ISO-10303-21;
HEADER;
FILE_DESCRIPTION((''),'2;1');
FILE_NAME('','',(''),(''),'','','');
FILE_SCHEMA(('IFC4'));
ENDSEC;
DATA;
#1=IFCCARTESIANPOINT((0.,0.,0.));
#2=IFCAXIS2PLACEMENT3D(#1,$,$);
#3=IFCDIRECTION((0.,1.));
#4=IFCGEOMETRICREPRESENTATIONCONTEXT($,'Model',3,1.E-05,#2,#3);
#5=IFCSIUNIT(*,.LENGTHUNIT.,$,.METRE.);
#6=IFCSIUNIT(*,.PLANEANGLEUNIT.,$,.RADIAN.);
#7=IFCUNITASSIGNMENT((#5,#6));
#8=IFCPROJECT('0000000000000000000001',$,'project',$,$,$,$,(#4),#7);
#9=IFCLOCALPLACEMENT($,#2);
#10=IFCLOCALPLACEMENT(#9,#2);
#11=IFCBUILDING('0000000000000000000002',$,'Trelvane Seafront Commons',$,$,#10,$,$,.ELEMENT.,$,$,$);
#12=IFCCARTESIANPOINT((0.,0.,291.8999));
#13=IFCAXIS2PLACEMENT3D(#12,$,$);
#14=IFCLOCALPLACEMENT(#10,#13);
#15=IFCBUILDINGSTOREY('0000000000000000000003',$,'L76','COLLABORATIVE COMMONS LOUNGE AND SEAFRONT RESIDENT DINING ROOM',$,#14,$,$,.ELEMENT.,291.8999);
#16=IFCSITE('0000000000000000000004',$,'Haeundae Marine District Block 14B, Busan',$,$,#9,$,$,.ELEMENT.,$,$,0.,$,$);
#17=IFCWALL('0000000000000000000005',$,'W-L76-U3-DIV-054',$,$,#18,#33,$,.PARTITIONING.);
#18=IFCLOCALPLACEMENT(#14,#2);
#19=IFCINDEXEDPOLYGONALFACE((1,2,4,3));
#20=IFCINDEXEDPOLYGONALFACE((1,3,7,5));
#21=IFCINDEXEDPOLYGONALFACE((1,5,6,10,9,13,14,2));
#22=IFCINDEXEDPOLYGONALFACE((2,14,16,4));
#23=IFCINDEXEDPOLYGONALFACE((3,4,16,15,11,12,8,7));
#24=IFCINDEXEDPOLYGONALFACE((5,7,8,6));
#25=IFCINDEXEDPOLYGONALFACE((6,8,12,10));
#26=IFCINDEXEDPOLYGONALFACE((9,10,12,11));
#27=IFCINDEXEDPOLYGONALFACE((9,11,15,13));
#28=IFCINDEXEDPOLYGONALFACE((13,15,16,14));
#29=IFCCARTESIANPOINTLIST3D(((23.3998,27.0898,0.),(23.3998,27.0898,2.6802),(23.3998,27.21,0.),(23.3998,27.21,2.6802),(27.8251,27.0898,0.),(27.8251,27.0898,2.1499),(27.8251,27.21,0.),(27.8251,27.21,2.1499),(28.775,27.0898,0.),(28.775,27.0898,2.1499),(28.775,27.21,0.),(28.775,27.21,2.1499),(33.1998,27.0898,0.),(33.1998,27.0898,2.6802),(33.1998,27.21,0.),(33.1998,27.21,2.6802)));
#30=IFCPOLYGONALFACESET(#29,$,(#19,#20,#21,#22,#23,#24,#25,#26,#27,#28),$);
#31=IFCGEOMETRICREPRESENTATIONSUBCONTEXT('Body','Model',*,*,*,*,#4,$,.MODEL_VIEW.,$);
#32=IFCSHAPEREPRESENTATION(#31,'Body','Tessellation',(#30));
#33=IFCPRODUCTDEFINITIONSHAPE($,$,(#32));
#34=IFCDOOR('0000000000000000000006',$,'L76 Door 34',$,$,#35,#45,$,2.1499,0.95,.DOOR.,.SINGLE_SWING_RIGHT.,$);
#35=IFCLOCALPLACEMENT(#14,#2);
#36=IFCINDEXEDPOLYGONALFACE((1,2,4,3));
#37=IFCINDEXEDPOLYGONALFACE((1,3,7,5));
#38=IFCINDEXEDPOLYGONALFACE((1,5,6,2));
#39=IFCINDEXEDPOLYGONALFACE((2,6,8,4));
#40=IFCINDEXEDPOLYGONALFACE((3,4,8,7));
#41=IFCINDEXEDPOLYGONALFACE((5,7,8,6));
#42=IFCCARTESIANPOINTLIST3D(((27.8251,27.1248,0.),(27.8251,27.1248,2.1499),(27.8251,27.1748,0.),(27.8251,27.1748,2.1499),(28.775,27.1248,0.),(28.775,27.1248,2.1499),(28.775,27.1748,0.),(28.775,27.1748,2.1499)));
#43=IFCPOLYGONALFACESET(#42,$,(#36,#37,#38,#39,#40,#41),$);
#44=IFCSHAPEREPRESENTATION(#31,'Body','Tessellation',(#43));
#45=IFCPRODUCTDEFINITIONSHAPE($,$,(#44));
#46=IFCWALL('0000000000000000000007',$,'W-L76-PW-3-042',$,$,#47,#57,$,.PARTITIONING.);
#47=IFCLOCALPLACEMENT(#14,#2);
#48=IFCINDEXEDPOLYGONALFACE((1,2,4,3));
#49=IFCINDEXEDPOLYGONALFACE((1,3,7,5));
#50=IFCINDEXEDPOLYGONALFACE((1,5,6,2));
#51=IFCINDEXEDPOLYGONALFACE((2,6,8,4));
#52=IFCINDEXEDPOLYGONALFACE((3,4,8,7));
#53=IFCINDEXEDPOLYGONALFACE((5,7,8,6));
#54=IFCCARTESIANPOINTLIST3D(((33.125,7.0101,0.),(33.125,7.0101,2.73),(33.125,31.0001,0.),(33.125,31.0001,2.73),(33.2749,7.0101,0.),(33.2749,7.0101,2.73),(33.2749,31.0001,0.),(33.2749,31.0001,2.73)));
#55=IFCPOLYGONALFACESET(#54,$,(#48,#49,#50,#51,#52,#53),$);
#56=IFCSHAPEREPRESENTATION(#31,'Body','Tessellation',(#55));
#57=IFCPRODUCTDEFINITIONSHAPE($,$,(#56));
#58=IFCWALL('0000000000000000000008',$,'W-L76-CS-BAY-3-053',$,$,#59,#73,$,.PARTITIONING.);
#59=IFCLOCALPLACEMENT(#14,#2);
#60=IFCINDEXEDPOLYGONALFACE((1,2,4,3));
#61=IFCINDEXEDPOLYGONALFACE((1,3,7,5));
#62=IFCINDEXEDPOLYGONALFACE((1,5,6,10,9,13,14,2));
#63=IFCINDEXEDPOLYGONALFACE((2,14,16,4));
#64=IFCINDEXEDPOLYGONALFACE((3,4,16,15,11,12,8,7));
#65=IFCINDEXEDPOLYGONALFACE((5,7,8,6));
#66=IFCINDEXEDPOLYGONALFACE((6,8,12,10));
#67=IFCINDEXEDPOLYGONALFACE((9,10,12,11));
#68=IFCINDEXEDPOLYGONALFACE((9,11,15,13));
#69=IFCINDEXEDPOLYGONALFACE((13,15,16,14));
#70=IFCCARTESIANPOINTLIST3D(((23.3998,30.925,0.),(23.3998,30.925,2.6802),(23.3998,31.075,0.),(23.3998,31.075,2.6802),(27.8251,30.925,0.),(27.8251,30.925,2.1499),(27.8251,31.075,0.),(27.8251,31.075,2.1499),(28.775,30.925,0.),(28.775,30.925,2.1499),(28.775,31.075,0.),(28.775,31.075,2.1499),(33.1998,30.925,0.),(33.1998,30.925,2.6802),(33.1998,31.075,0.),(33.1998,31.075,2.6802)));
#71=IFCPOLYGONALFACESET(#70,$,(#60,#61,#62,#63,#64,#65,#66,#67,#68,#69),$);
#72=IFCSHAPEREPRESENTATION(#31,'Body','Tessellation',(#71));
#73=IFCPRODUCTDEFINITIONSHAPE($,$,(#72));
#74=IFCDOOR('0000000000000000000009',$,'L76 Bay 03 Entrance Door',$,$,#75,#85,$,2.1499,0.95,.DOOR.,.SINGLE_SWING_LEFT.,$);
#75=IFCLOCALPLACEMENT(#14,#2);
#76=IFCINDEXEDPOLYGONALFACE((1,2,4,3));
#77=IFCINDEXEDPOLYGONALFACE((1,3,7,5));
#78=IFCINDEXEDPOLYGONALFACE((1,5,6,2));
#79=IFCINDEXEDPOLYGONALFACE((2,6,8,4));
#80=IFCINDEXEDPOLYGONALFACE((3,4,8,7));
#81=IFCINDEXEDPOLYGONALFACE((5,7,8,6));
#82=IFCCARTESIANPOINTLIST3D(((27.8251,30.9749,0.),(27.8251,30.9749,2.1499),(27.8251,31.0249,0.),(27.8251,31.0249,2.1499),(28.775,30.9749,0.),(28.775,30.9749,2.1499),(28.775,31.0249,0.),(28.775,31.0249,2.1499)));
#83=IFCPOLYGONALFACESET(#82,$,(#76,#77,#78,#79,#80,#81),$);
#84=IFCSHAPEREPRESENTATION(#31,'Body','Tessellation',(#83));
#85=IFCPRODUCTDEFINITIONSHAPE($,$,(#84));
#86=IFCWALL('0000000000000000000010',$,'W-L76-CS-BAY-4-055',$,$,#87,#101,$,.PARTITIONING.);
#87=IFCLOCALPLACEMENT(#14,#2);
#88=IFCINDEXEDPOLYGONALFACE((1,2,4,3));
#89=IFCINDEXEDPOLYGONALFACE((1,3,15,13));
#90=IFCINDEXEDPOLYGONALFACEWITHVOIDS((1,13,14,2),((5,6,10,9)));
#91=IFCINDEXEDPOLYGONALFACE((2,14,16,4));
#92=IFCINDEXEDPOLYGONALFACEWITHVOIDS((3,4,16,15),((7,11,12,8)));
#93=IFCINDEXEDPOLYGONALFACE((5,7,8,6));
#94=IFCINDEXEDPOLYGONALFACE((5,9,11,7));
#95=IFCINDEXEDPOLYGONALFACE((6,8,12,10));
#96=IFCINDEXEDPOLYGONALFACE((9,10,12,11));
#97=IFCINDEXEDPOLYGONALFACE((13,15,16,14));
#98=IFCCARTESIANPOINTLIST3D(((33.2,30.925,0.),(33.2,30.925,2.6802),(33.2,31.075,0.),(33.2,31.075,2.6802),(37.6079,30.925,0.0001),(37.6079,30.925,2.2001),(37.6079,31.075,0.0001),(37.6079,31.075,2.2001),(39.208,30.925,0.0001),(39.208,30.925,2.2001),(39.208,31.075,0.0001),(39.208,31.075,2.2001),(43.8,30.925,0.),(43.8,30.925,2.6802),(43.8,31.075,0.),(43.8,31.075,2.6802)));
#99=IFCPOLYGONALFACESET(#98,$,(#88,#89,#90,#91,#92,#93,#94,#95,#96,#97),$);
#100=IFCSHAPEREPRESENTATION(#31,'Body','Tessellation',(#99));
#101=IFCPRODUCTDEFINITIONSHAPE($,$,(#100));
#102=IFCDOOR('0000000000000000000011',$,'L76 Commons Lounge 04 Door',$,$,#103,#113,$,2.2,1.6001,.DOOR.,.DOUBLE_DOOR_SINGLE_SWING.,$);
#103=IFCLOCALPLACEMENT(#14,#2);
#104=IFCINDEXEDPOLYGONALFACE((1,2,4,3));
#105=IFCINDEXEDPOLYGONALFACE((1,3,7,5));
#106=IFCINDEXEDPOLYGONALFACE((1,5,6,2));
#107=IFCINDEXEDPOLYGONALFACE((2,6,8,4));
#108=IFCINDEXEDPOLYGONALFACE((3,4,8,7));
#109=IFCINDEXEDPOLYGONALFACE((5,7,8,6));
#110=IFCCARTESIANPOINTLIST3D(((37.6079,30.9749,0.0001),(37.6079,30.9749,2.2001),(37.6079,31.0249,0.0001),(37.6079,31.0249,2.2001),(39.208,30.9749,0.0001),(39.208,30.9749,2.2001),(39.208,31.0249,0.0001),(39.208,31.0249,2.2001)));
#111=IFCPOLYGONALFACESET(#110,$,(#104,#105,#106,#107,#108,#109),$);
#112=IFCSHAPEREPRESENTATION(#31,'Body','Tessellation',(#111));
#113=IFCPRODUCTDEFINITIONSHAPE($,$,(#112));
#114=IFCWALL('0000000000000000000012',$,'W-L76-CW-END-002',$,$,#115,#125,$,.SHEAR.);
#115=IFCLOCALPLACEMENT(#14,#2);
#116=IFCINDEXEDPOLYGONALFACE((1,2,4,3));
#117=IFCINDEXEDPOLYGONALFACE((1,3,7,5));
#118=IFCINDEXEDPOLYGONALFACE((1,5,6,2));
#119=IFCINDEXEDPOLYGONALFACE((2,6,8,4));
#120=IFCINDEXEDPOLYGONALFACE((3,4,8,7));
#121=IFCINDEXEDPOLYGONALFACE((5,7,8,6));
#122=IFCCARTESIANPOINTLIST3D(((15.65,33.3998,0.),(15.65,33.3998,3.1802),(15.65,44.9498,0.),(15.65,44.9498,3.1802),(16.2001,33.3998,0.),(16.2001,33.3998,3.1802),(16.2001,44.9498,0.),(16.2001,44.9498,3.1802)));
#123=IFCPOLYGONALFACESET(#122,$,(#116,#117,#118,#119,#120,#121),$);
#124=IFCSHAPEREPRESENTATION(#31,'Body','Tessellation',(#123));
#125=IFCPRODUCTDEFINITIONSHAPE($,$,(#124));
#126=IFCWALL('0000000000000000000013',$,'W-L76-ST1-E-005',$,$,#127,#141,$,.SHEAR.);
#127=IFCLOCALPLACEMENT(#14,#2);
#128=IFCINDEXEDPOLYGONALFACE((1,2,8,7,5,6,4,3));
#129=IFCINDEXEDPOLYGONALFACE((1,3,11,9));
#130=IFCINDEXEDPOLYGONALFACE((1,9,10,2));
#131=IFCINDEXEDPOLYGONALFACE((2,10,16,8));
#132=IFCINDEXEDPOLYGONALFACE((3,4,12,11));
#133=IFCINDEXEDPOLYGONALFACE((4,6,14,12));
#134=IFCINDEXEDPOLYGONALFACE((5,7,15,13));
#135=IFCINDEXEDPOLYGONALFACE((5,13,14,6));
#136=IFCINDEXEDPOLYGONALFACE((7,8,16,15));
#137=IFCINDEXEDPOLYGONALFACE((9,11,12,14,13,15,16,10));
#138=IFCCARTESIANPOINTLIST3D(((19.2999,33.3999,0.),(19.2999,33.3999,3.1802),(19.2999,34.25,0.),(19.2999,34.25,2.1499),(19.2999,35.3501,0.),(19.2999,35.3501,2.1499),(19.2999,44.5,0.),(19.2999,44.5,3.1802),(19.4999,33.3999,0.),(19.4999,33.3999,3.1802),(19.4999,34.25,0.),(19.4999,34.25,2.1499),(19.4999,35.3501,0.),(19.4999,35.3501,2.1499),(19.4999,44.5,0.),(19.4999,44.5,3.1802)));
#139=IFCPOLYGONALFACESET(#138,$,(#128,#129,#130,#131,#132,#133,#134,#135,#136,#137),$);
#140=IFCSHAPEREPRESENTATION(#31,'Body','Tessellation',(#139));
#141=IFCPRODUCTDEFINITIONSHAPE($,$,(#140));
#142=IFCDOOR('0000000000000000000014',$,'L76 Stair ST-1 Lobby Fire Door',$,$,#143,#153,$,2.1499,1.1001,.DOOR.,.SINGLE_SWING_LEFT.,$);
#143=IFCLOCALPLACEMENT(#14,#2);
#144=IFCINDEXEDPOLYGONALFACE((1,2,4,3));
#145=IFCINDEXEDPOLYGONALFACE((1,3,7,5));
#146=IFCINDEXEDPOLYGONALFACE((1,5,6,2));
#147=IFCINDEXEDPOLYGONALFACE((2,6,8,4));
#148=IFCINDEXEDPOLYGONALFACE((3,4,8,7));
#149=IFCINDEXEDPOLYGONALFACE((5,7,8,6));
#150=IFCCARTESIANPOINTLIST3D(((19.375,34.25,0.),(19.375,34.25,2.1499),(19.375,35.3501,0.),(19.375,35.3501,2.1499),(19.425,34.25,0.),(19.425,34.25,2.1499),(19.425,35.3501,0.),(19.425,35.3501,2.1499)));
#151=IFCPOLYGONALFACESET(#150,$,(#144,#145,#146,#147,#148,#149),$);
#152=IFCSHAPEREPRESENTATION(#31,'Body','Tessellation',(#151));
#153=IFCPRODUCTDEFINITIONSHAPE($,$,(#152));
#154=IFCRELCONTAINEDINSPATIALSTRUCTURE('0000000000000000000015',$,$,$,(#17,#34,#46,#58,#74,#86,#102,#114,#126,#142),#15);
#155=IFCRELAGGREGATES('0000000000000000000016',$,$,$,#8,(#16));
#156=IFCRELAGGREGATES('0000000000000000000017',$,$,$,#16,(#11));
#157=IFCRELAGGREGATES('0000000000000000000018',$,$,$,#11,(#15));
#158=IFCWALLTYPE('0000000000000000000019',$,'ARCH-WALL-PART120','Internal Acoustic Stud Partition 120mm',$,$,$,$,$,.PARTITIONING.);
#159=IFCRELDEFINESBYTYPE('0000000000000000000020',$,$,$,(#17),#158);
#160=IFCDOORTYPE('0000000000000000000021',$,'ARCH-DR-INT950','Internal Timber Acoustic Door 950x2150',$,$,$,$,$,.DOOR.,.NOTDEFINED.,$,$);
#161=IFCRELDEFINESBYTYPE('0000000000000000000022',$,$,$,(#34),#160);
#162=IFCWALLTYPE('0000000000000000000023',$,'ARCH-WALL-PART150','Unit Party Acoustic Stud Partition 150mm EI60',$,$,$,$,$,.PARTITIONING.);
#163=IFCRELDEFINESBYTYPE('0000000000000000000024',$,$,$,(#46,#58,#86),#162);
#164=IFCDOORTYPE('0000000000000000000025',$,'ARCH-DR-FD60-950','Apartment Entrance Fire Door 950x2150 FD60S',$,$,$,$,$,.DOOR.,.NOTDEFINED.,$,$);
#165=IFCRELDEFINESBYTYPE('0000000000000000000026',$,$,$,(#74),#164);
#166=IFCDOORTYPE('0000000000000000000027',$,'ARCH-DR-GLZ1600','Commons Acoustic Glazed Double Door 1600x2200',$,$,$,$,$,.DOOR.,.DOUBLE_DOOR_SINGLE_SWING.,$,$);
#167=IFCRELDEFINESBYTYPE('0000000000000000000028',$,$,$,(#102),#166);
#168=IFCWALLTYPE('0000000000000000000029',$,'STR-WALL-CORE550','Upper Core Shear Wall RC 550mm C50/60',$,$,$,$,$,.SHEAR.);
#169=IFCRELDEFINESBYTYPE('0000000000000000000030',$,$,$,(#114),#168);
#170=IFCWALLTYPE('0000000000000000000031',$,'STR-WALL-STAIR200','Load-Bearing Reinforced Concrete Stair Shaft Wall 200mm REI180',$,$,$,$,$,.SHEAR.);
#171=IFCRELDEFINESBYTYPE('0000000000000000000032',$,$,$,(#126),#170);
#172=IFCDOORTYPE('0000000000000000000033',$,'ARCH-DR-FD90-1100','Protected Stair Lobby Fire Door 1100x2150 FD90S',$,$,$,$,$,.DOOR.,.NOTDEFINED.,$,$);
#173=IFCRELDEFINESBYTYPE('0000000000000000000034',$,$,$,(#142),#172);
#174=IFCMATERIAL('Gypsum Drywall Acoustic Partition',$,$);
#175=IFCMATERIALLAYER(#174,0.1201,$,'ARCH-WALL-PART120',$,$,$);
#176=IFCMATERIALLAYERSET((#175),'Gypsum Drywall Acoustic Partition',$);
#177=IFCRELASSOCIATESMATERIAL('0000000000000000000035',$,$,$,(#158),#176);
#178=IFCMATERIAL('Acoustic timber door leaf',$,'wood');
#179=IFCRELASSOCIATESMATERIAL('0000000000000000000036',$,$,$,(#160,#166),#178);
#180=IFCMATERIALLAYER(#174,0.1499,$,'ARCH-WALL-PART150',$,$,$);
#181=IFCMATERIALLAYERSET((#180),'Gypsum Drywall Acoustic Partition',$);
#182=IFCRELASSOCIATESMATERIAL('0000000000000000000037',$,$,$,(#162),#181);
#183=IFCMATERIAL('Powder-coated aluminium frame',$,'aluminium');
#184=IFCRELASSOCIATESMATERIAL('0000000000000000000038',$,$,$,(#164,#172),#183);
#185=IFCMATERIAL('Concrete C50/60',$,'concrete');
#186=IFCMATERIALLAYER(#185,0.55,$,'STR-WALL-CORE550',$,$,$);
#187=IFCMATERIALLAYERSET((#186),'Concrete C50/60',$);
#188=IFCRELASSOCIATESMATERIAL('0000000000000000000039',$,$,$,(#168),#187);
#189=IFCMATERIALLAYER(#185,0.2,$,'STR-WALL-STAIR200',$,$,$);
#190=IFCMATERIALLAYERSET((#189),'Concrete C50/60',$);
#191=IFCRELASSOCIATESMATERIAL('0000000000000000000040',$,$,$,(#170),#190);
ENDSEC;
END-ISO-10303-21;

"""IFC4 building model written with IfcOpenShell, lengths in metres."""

from ifc_helpers import new_model, si_unit, direction, frame, frame_2d, origin, place, context, subcontext, project, spatial, rectangle, extrude, source, transform, mapped, material, layer, layer_set, type_object, element, fill, save


model = new_model("IFC4")

# Units and contexts
model_context = context("Model", 3, precision=1e-05, world=origin(), true_north=direction((0.0, 1.0)))
body_context = subcontext(model_context, "Body", "Model", "MODEL_VIEW")
ifc_project = project(units=[si_unit("LENGTHUNIT", "METRE"), si_unit("PLANEANGLEUNIT", "RADIAN")], contexts=[model_context])

# Site, building, storey
site_placement = place(None, origin())
site = spatial("IfcSite", under=ifc_project, at=site_placement, Name="Haeundae Marine District Block 14B, Busan", CompositionType="ELEMENT", RefElevation=0.0)
building_placement = place(site_placement, origin())
building = spatial("IfcBuilding", under=site, at=building_placement, Name="Trelvane Seafront Commons", CompositionType="ELEMENT")
storey_placement = place(building_placement, frame((0.0, 0.0, 291.8999)))
storey = spatial("IfcBuildingStorey", under=building, at=storey_placement, Name="L76", Description="COLLABORATIVE COMMONS LOUNGE AND SEAFRONT RESIDENT DINING ROOM", CompositionType="ELEMENT", Elevation=291.8999)

# Shared definitions
ifc_material_1 = material(Name="Concrete C50/60", Category="concrete")

# Wall, opening, door
ifc_material_2 = material(Name="Gypsum Drywall Acoustic Partition")
ifc_layer_1 = layer(ifc_material_2, 0.1201, Name="ARCH-WALL-PART120")
ifc_layer_set_1 = layer_set([ifc_layer_1], Name="Gypsum Drywall Acoustic Partition")
wall_type_1 = type_object("IfcWallType", Name="ARCH-WALL-PART120", Description="Internal Acoustic Stud Partition 120mm", PredefinedType="PARTITIONING", material=ifc_layer_set_1)
wall_1_placement = place(storey_placement, frame((23.3999, 27.1499, 0.0), z_axis=(0.0, 0.0, 1.0), x_axis=(1.0, 0.0, 0.0)))
wall_1 = element("IfcWall", 1, at=wall_1_placement, inside=storey, type_object=wall_type_1, Name="W-L76-U3-DIV-054", PredefinedType="PARTITIONING", context=body_context, shape_type="SweptSolid", body=[
    extrude(rectangle(XDim=9.8, YDim=0.1201, at=frame_2d((4.8999, 0.0))), origin(), (0.0, 0.0, 1.0), 2.6802),
])
opening_1_placement = place(wall_1_placement, frame((4.425, 0.0, 0.0)))
opening_1 = element("IfcOpeningElement", 2, at=opening_1_placement, cuts=wall_1, PredefinedType="OPENING", context=body_context, shape_type="SweptSolid", body=[
    extrude(rectangle(XDim=0.95, YDim=2.1499, at=frame_2d((0.4751, 1.075))), frame((0.0, 0.0701, 0.0), z_axis=(0.0, -1.0, 0.0), x_axis=(1.0, 0.0, 0.0)), (0.0, 0.0, 1.0), 0.1401),
])
ifc_material_3 = material(Name="Acoustic timber door leaf", Category="wood")
door_type_1 = type_object("IfcDoorType", Name="ARCH-DR-INT950", Description="Internal Timber Acoustic Door 950x2150", OperationType="NOTDEFINED", PredefinedType="DOOR", material=ifc_material_3)
shared_shape_1 = source(origin(), body_context, "Body", "SweptSolid", [
    extrude(rectangle(XDim=0.95, YDim=2.1499, at=frame_2d((0.4751, 1.075))), frame((0.0, 0.0249, 0.0), z_axis=(0.0, -1.0, 0.0), x_axis=(1.0, 0.0, 0.0)), (0.0, 0.0, 1.0), 0.05),
])
door_1_placement = place(opening_1_placement, origin())
door_1 = element("IfcDoor", 3, at=door_1_placement, inside=storey, type_object=door_type_1, Name="L76 Door 34", OperationType="SINGLE_SWING_RIGHT", OverallHeight=2.1499, OverallWidth=0.95, PredefinedType="DOOR", context=body_context, shape_type="MappedRepresentation", body=[
    mapped(shared_shape_1, transform((0.0, 0.0, 0.0), x_axis=(1.0, 0.0, 0.0), y_axis=(0.0, 1.0, 0.0), z_axis=(0.0, 0.0, 1.0), scale=1.0)),
])
fill(opening_1, door_1)

# Wall
ifc_layer_2 = layer(ifc_material_2, 0.1499, Name="ARCH-WALL-PART150")
ifc_layer_set_2 = layer_set([ifc_layer_2], Name="Gypsum Drywall Acoustic Partition")
wall_type_2 = type_object("IfcWallType", Name="ARCH-WALL-PART150", Description="Unit Party Acoustic Stud Partition 150mm EI60", PredefinedType="PARTITIONING", material=ifc_layer_set_2)
wall_2_placement = place(storey_placement, frame((33.2, 7.01, 0.0), z_axis=(0.0, 0.0, 1.0), x_axis=(0.0, 1.0, 0.0)))
element("IfcWall", 4, at=wall_2_placement, inside=storey, type_object=wall_type_2, Name="W-L76-PW-3-042", PredefinedType="PARTITIONING", context=body_context, shape_type="SweptSolid", body=[
    extrude(rectangle(XDim=23.99, YDim=0.1499, at=frame_2d((11.9951, 0.0))), origin(), (0.0, 0.0, 1.0), 2.73),
])

# Walls, openings, doors
wall_3_placement = place(storey_placement, frame((23.3999, 31.0, 0.0), z_axis=(0.0, 0.0, 1.0), x_axis=(1.0, 0.0, 0.0)))
wall_3 = element("IfcWall", 5, at=wall_3_placement, inside=storey, type_object=wall_type_2, Name="W-L76-CS-BAY-3-053", PredefinedType="PARTITIONING", context=body_context, shape_type="SweptSolid", body=[
    extrude(rectangle(XDim=9.8, YDim=0.1499, at=frame_2d((4.8999, 0.0))), origin(), (0.0, 0.0, 1.0), 2.6802),
])
opening_2_placement = place(wall_3_placement, frame((4.425, 0.0, 0.0)))
opening_2 = element("IfcOpeningElement", 6, at=opening_2_placement, cuts=wall_3, PredefinedType="OPENING", context=body_context, shape_type="SweptSolid", body=[
    extrude(rectangle(XDim=0.95, YDim=2.1499, at=frame_2d((0.4751, 1.075))), frame((0.0, 0.085, 0.0), z_axis=(0.0, -1.0, 0.0), x_axis=(1.0, 0.0, 0.0)), (0.0, 0.0, 1.0), 0.1699),
])
ifc_material_4 = material(Name="Powder-coated aluminium frame", Category="aluminium")
door_type_2 = type_object("IfcDoorType", Name="ARCH-DR-FD60-950", Description="Apartment Entrance Fire Door 950x2150 FD60S", OperationType="NOTDEFINED", PredefinedType="DOOR", material=ifc_material_4)
door_2_placement = place(opening_2_placement, origin())
door_2 = element("IfcDoor", 7, at=door_2_placement, inside=storey, type_object=door_type_2, Name="L76 Bay 03 Entrance Door", OperationType="SINGLE_SWING_LEFT", OverallHeight=2.1499, OverallWidth=0.95, PredefinedType="DOOR", context=body_context, shape_type="MappedRepresentation", body=[
    mapped(shared_shape_1, transform((0.0, 0.0, 0.0), x_axis=(1.0, 0.0, 0.0), y_axis=(0.0, 1.0, 0.0), z_axis=(0.0, 0.0, 1.0), scale=1.0)),
])
fill(opening_2, door_2)
wall_4_placement = place(storey_placement, frame((33.2, 31.0, 0.0), z_axis=(0.0, 0.0, 1.0), x_axis=(1.0, 0.0, 0.0)))
wall_4 = element("IfcWall", 8, at=wall_4_placement, inside=storey, type_object=wall_type_2, Name="W-L76-CS-BAY-4-055", PredefinedType="PARTITIONING", context=body_context, shape_type="SweptSolid", body=[
    extrude(rectangle(XDim=10.6001, YDim=0.1499, at=frame_2d((5.3, 0.0))), origin(), (0.0, 0.0, 1.0), 2.6802),
])
opening_3_placement = place(wall_4_placement, frame((4.408, 0.0, 0.0)))
opening_3 = element("IfcOpeningElement", 9, at=opening_3_placement, cuts=wall_4, PredefinedType="OPENING", context=body_context, shape_type="SweptSolid", body=[
    extrude(rectangle(XDim=1.6001, YDim=2.2, at=frame_2d((0.8, 1.1001))), frame((0.0, 0.085, 0.0), z_axis=(0.0, -1.0, 0.0), x_axis=(1.0, 0.0, 0.0)), (0.0, 0.0, 1.0), 0.1699),
])
door_type_3 = type_object("IfcDoorType", Name="ARCH-DR-GLZ1600", Description="Commons Acoustic Glazed Double Door 1600x2200", OperationType="DOUBLE_DOOR_SINGLE_SWING", PredefinedType="DOOR", material=ifc_material_3)
shared_shape_2 = source(origin(), body_context, "Body", "SweptSolid", [
    extrude(rectangle(XDim=1.6001, YDim=2.2, at=frame_2d((0.8, 1.1001))), frame((0.0, 0.0249, 0.0), z_axis=(0.0, -1.0, 0.0), x_axis=(1.0, 0.0, 0.0)), (0.0, 0.0, 1.0), 0.05),
])
door_3_placement = place(opening_3_placement, origin())
door_3 = element("IfcDoor", 10, at=door_3_placement, inside=storey, type_object=door_type_3, Name="L76 Commons Lounge 04 Door", OperationType="DOUBLE_DOOR_SINGLE_SWING", OverallHeight=2.2, OverallWidth=1.6001, PredefinedType="DOOR", context=body_context, shape_type="MappedRepresentation", body=[
    mapped(shared_shape_2, transform((0.0, 0.0, 0.0), x_axis=(1.0, 0.0, 0.0), y_axis=(0.0, 1.0, 0.0), z_axis=(0.0, 0.0, 1.0), scale=1.0)),
])
fill(opening_3, door_3)

# Wall
ifc_layer_3 = layer(ifc_material_1, 0.55, Name="STR-WALL-CORE550")
ifc_layer_set_3 = layer_set([ifc_layer_3], Name="Concrete C50/60")
wall_type_3 = type_object("IfcWallType", Name="STR-WALL-CORE550", Description="Upper Core Shear Wall RC 550mm C50/60", PredefinedType="SHEAR", material=ifc_layer_set_3)
wall_5_placement = place(storey_placement, frame((15.925, 33.3999, 0.0), z_axis=(0.0, 0.0, 1.0), x_axis=(0.0, 1.0, 0.0)))
element("IfcWall", 11, at=wall_5_placement, inside=storey, type_object=wall_type_3, Name="W-L76-CW-END-002", PredefinedType="SHEAR", context=body_context, shape_type="SweptSolid", body=[
    extrude(rectangle(XDim=11.55, YDim=0.55, at=frame_2d((5.7749, 0.0))), origin(), (0.0, 0.0, 1.0), 3.1802),
])

# Wall, opening, door
ifc_layer_4 = layer(ifc_material_1, 0.2, Name="STR-WALL-STAIR200")
ifc_layer_set_4 = layer_set([ifc_layer_4], Name="Concrete C50/60")
wall_type_4 = type_object("IfcWallType", Name="STR-WALL-STAIR200", Description="Load-Bearing Reinforced Concrete Stair Shaft Wall 200mm REI180", PredefinedType="SHEAR", material=ifc_layer_set_4)
wall_6_placement = place(storey_placement, frame((19.3999, 33.3999, 0.0), z_axis=(0.0, 0.0, 1.0), x_axis=(0.0, 1.0, 0.0)))
wall_6 = element("IfcWall", 12, at=wall_6_placement, inside=storey, type_object=wall_type_4, Name="W-L76-ST1-E-005", PredefinedType="SHEAR", context=body_context, shape_type="SweptSolid", body=[
    extrude(rectangle(XDim=11.1001, YDim=0.2, at=frame_2d((5.55, 0.0))), origin(), (0.0, 0.0, 1.0), 3.1802),
])
opening_4_placement = place(wall_6_placement, frame((0.8501, 0.0, 0.0)))
opening_4 = element("IfcOpeningElement", 13, at=opening_4_placement, cuts=wall_6, PredefinedType="OPENING", context=body_context, shape_type="SweptSolid", body=[
    extrude(rectangle(XDim=1.1001, YDim=2.1499, at=frame_2d((0.55, 1.075))), frame((0.0, 0.1099, 0.0), z_axis=(0.0, -1.0, 0.0), x_axis=(1.0, 0.0, 0.0)), (0.0, 0.0, 1.0), 0.22),
])
door_type_4 = type_object("IfcDoorType", Name="ARCH-DR-FD90-1100", Description="Protected Stair Lobby Fire Door 1100x2150 FD90S", OperationType="NOTDEFINED", PredefinedType="DOOR", material=ifc_material_4)
shared_shape_3 = source(origin(), body_context, "Body", "SweptSolid", [
    extrude(rectangle(XDim=1.1001, YDim=2.1499, at=frame_2d((0.55, 1.075))), frame((0.0, 0.0249, 0.0), z_axis=(0.0, -1.0, 0.0), x_axis=(1.0, 0.0, 0.0)), (0.0, 0.0, 1.0), 0.05),
])
door_4_placement = place(opening_4_placement, origin())
door_4 = element("IfcDoor", 14, at=door_4_placement, inside=storey, type_object=door_type_4, Name="L76 Stair ST-1 Lobby Fire Door", OperationType="SINGLE_SWING_LEFT", OverallHeight=2.1499, OverallWidth=1.1001, PredefinedType="DOOR", context=body_context, shape_type="MappedRepresentation", body=[
    mapped(shared_shape_3, transform((0.0, 0.0, 0.0), x_axis=(1.0, 0.0, 0.0), y_axis=(0.0, 1.0, 0.0), z_axis=(0.0, 0.0, 1.0), scale=1.0)),
])
fill(opening_4, door_4)

save(model, "model.ifc")
